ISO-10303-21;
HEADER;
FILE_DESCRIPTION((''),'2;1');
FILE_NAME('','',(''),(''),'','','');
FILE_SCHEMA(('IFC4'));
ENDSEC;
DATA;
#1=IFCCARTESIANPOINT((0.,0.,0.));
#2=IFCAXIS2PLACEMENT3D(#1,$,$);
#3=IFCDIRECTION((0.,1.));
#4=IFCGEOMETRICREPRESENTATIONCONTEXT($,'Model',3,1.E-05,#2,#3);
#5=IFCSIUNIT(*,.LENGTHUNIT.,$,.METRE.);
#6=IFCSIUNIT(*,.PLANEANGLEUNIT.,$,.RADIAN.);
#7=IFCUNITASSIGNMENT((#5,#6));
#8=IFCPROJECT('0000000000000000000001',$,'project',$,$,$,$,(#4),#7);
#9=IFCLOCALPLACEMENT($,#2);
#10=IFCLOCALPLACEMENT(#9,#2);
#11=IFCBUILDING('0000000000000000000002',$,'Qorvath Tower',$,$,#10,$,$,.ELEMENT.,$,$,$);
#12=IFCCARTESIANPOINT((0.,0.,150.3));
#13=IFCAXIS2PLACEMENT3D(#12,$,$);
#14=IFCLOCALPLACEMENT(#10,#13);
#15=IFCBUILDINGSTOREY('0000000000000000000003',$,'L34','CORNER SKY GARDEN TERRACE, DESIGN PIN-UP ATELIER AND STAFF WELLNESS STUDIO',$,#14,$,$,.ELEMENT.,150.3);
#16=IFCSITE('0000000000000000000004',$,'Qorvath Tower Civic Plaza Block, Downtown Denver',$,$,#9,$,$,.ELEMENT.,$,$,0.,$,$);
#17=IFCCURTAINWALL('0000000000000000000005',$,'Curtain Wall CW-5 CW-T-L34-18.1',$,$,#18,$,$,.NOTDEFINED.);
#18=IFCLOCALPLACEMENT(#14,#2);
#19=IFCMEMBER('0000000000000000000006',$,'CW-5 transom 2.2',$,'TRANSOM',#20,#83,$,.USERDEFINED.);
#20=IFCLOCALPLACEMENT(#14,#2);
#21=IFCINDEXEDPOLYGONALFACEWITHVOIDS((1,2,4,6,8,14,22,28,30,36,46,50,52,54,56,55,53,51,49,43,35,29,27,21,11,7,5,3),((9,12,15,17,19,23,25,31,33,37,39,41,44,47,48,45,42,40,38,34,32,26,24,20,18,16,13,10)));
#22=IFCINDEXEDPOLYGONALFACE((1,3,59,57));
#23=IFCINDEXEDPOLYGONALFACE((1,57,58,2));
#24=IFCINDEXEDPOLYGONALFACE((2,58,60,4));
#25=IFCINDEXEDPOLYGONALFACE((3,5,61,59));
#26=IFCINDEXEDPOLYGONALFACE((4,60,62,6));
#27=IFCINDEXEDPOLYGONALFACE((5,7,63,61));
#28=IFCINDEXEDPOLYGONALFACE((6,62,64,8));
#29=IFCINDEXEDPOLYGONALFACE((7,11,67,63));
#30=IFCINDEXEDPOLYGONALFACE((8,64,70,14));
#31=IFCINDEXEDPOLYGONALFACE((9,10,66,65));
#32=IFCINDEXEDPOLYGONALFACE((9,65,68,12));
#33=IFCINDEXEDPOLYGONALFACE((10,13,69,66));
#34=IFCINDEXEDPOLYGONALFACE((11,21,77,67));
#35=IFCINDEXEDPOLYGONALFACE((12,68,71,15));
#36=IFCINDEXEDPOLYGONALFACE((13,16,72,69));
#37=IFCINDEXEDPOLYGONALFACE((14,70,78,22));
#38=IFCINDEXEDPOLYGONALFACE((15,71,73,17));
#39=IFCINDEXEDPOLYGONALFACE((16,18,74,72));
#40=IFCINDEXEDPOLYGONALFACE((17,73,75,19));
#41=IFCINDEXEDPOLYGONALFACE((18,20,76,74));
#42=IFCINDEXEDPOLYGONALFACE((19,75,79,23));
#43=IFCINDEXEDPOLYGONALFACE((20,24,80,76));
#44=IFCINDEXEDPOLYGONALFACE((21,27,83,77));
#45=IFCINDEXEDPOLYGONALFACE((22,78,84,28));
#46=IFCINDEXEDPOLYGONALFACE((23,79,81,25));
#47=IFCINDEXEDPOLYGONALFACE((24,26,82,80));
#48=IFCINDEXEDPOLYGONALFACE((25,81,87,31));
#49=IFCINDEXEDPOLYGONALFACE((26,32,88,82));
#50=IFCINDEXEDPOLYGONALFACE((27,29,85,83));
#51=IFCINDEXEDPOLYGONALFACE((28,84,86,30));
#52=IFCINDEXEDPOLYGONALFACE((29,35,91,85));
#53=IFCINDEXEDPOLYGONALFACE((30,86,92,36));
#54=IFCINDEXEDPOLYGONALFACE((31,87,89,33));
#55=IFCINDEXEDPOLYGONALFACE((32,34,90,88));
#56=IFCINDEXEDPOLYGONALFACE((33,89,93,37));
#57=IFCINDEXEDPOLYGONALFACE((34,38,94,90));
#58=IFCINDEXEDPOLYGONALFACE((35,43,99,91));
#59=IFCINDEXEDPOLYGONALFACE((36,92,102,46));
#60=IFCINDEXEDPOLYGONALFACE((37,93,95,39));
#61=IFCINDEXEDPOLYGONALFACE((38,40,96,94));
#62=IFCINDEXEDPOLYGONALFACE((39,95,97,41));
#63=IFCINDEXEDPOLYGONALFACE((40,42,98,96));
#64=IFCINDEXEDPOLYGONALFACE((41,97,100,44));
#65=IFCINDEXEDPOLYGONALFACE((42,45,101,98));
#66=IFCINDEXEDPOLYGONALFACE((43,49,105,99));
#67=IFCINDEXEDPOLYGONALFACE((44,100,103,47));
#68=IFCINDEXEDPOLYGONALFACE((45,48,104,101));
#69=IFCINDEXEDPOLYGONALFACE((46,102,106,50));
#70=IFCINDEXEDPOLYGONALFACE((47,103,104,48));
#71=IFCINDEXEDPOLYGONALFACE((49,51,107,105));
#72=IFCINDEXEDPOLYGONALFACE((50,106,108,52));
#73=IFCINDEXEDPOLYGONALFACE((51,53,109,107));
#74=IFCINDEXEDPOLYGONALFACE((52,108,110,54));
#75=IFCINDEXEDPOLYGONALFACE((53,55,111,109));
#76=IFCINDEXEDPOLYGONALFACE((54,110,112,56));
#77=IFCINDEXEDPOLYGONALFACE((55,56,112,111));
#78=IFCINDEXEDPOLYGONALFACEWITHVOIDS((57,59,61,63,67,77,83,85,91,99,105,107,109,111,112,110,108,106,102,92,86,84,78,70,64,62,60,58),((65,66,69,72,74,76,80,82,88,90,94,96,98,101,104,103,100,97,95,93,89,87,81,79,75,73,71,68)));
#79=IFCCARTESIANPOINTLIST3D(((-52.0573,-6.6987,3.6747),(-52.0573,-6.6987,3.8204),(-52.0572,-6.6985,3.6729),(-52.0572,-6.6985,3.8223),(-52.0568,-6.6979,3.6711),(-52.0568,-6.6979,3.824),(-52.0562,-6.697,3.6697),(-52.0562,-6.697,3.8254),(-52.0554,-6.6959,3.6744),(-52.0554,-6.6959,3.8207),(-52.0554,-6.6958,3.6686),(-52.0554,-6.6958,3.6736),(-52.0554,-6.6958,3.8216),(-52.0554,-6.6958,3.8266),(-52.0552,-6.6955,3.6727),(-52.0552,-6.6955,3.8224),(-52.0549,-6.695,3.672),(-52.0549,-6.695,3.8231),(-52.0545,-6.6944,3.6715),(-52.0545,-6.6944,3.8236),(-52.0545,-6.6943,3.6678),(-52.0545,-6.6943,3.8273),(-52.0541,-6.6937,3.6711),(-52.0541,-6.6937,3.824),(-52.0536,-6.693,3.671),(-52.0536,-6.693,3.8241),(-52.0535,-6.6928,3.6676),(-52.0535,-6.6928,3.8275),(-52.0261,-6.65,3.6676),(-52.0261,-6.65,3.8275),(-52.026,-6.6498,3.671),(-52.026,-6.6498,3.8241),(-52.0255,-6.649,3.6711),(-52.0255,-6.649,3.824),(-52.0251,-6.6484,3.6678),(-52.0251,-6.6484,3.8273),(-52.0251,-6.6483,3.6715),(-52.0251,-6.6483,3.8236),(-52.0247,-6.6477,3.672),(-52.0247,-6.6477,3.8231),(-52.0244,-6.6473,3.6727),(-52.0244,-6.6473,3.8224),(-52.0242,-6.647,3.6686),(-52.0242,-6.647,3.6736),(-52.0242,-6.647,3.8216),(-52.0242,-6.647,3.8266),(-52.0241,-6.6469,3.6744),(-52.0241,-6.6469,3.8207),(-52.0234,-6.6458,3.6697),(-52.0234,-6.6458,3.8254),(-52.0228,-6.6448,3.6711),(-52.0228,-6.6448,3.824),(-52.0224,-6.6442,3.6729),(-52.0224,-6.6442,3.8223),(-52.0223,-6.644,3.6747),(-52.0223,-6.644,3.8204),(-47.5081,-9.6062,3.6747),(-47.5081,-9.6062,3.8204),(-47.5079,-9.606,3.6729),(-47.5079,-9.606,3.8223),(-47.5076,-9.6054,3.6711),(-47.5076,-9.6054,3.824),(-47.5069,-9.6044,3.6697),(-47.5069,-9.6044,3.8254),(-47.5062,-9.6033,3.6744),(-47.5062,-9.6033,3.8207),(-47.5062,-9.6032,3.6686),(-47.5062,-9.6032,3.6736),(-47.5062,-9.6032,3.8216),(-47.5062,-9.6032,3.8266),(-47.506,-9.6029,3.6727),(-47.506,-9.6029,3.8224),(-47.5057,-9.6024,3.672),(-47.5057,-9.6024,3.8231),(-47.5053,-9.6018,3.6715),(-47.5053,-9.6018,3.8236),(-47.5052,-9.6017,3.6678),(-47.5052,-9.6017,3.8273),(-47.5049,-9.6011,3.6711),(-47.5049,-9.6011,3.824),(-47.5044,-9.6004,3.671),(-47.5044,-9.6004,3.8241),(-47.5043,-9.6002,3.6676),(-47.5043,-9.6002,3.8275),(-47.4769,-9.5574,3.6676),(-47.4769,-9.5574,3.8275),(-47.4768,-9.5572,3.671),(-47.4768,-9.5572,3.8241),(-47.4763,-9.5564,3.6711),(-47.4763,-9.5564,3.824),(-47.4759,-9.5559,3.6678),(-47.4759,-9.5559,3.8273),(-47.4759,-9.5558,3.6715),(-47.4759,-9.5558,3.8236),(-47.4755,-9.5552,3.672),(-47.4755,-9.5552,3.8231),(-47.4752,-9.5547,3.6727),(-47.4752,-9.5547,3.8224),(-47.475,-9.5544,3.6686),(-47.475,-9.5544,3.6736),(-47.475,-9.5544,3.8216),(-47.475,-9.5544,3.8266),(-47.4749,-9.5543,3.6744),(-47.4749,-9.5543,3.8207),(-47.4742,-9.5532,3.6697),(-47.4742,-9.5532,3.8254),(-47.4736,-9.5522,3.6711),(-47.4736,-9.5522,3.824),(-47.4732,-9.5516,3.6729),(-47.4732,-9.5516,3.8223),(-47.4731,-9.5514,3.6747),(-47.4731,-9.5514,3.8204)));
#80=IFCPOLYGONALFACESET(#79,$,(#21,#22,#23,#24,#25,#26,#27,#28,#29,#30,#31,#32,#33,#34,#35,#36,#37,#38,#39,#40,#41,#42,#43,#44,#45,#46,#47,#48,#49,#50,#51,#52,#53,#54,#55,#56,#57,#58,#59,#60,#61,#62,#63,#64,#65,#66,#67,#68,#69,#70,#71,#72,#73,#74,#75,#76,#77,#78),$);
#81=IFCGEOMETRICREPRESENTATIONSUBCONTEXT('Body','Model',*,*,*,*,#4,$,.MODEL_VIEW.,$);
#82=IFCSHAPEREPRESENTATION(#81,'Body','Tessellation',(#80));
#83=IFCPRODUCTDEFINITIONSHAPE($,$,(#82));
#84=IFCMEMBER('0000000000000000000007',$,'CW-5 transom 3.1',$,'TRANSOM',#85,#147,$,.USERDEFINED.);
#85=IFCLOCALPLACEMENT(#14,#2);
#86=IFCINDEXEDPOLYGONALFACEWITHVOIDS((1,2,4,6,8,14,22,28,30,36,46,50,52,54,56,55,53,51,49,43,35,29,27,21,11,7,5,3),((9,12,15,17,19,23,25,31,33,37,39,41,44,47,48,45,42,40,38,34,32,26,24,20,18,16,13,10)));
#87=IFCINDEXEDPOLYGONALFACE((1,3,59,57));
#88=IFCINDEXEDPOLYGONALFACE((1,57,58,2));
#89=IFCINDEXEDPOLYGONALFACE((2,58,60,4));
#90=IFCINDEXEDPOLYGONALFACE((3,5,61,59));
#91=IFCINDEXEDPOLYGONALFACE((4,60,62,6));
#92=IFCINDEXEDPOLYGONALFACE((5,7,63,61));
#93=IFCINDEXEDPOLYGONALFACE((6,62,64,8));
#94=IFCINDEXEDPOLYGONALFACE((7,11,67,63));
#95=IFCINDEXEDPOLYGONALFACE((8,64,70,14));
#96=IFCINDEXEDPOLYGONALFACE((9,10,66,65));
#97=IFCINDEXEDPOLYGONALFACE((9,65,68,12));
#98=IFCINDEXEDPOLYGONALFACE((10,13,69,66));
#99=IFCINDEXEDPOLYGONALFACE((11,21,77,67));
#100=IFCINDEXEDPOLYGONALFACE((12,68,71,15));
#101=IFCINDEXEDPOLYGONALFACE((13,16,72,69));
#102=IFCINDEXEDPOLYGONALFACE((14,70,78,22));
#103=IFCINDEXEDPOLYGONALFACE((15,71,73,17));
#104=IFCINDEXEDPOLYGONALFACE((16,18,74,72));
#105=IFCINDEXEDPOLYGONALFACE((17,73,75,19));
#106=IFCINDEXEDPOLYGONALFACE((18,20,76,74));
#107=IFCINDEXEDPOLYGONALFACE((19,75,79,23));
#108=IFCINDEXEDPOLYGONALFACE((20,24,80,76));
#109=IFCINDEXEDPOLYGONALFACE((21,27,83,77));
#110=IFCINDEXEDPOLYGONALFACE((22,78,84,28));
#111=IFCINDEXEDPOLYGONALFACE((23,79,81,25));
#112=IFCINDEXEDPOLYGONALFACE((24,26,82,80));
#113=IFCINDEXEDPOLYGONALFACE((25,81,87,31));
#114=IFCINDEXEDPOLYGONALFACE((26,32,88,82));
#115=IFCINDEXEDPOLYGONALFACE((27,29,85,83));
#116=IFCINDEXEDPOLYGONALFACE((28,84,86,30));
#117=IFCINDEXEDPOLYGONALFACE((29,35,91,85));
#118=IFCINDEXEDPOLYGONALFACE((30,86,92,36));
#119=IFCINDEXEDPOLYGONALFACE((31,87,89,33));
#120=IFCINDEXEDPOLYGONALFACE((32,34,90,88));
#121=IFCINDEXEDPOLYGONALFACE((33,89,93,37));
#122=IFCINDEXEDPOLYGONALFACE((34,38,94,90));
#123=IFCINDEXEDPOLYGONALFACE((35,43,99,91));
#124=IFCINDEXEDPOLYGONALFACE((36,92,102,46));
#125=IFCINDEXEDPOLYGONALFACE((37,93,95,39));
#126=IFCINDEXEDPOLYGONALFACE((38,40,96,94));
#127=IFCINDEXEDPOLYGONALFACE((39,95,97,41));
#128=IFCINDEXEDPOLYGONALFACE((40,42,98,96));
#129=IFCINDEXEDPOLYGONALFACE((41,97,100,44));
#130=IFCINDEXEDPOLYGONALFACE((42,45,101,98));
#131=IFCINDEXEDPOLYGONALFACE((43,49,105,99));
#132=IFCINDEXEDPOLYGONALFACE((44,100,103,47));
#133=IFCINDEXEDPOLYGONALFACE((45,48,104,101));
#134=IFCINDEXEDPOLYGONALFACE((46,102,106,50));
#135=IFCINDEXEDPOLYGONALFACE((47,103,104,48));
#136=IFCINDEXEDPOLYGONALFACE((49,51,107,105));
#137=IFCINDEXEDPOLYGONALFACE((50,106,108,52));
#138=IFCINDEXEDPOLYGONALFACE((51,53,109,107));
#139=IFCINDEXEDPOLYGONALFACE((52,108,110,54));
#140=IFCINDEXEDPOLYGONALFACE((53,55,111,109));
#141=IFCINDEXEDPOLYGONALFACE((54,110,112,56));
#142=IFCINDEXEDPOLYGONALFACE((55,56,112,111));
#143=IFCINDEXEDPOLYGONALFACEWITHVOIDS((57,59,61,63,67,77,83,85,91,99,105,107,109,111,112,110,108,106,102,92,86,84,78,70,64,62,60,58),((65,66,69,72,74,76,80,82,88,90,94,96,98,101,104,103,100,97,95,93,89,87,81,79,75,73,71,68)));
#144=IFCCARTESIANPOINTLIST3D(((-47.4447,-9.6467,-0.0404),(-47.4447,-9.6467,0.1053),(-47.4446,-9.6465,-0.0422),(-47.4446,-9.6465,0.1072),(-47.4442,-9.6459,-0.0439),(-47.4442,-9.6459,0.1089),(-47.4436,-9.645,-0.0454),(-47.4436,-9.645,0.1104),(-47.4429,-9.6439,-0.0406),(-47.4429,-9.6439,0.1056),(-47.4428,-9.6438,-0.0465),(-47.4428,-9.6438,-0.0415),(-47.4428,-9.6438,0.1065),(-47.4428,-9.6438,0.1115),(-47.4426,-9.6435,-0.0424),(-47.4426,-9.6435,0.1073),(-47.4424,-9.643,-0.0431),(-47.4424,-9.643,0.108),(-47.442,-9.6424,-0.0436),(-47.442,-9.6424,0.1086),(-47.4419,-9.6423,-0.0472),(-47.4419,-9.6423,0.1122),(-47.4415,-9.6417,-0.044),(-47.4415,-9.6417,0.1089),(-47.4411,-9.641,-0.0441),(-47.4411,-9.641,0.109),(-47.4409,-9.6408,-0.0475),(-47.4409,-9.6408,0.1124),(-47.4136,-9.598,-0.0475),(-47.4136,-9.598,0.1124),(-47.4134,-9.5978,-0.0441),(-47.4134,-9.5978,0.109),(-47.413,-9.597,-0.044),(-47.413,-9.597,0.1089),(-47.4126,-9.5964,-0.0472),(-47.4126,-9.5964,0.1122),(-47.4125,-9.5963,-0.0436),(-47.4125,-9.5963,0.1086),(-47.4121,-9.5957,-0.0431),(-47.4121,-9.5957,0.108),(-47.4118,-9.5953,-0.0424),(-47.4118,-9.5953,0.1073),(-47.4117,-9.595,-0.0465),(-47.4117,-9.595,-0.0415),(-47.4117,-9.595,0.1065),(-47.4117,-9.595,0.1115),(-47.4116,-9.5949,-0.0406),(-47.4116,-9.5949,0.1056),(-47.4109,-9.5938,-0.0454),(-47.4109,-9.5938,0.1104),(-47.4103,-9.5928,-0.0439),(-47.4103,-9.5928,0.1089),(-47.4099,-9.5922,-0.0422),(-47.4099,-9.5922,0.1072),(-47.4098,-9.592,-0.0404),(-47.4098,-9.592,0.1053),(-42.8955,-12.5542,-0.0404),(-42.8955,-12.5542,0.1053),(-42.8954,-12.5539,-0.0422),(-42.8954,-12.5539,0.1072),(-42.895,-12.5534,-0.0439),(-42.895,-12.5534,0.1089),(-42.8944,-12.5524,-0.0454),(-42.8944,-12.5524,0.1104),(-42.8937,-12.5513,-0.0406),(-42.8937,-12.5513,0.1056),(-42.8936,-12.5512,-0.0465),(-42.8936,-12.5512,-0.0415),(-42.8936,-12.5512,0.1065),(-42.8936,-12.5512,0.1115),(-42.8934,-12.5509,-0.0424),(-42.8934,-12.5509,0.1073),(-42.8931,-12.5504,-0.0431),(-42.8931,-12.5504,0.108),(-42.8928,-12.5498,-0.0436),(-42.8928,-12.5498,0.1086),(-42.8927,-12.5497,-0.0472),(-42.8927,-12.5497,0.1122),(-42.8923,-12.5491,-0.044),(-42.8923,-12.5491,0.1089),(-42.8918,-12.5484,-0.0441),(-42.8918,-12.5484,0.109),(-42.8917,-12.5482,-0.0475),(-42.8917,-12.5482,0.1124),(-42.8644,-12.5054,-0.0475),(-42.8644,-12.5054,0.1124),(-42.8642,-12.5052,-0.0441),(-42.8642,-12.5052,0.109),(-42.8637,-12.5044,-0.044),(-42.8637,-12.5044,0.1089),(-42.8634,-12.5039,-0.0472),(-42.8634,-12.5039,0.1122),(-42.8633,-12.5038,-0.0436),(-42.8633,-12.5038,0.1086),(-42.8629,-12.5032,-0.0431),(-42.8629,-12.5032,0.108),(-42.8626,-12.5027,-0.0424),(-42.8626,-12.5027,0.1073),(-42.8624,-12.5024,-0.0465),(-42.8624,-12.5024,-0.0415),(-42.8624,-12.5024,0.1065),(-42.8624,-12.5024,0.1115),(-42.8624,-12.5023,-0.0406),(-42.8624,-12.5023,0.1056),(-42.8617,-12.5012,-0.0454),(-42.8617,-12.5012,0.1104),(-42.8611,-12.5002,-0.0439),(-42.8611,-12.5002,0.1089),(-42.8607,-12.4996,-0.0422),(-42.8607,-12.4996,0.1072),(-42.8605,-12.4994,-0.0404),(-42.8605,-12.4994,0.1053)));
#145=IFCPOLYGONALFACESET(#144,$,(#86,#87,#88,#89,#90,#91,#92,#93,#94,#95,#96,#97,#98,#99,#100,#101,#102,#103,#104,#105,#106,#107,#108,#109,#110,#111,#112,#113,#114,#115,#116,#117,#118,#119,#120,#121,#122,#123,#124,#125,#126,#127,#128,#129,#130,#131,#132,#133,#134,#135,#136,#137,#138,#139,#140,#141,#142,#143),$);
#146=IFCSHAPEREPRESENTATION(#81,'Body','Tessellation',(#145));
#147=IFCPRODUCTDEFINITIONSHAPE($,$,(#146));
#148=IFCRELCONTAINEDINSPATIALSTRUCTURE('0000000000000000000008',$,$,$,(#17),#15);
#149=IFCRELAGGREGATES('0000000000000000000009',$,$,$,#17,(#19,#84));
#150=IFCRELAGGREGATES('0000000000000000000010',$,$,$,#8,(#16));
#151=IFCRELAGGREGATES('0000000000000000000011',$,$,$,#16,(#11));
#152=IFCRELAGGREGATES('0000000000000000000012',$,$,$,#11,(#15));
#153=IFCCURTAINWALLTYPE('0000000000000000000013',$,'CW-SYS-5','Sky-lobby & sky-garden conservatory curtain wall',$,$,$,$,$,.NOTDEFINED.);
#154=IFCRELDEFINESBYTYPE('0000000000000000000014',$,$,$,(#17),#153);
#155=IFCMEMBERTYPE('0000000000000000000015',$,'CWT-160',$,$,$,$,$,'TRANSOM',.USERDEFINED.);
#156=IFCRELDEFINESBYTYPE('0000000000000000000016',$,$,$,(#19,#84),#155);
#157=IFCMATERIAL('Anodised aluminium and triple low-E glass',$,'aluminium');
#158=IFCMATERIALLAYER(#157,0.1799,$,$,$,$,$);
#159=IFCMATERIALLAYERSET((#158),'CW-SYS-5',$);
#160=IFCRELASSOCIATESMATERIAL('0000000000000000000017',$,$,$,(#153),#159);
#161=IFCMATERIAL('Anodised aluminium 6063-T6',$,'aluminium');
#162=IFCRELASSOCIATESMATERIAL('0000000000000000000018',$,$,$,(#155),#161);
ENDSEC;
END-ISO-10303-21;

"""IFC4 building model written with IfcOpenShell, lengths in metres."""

from ifc_helpers import new_model, si_unit, direction, frame, origin, origin_2d, place, context, subcontext, project, spatial, hollow_rectangle, extrude, material, layer, layer_set, material_profile, profile_set, type_object, element, aggregate, save


model = new_model("IFC4")

# Units and contexts
model_context = context("Model", 3, precision=1e-05, world=origin(), true_north=direction((0.0, 1.0)))
body_context = subcontext(model_context, "Body", "Model", "MODEL_VIEW")
ifc_project = project(units=[si_unit("LENGTHUNIT", "METRE"), si_unit("PLANEANGLEUNIT", "RADIAN")], contexts=[model_context])

# Site, building, storey
site_placement = place(None, origin())
site = spatial("IfcSite", under=ifc_project, at=site_placement, Name="Qorvath Tower Civic Plaza Block, Downtown Denver", CompositionType="ELEMENT", RefElevation=0.0)
building_placement = place(site_placement, origin())
building = spatial("IfcBuilding", under=site, at=building_placement, Name="Qorvath Tower", CompositionType="ELEMENT")
storey_placement = place(building_placement, frame((0.0, 0.0, 150.3)))
storey = spatial("IfcBuildingStorey", under=building, at=storey_placement, Name="L34", Description="CORNER SKY GARDEN TERRACE, DESIGN PIN-UP ATELIER AND STAFF WELLNESS STUDIO", CompositionType="ELEMENT", Elevation=150.3)

# Shared definitions
ifc_material_1 = material(Name="Anodised aluminium and triple low-E glass", Category="aluminium")
ifc_layer_1 = layer(ifc_material_1, 0.1799)
ifc_layer_set_1 = layer_set([ifc_layer_1], Name="CW-SYS-5")
curtain_wall_type = type_object("IfcCurtainWallType", Name="CW-SYS-5", Description="Sky-lobby & sky-garden conservatory curtain wall", PredefinedType="NOTDEFINED", material=ifc_layer_set_1)

# Curtain wall, members
curtain_wall_1_placement = place(storey_placement, origin())
curtain_wall_1 = element("IfcCurtainWall", 1, at=curtain_wall_1_placement, inside=storey, type_object=curtain_wall_type, Name="Curtain Wall CW-5 CW-T-L34-18.1", PredefinedType="NOTDEFINED")
ifc_material_2 = material(Name="Anodised aluminium 6063-T6", Category="aluminium")
ifc_material_profile_1 = material_profile(ifc_material_2, hollow_rectangle(XDim=0.0649, YDim=0.1599, WallThickness=0.0034, InnerFilletRadius=0.0034, OuterFilletRadius=0.0071, at=origin_2d()), Name="CWT 160x65")
ifc_profile_set_1 = profile_set([ifc_material_profile_1], Name="Anodised aluminium 6063-T6")
member_type_1 = type_object("IfcMemberType", Name="CWT-160", ElementType="TRANSOM", PredefinedType="USERDEFINED", material=ifc_profile_set_1)
member_1_placement = place(storey_placement, frame((-52.0398, -6.6714, 3.7476), z_axis=(0.842615, -0.538516, 0.0), x_axis=(0.538516, 0.842615, 0.0)))
member_1 = element("IfcMember", 2, at=member_1_placement, type_object=member_type_1, Name="CW-5 transom 2.2", ObjectType="TRANSOM", PredefinedType="USERDEFINED", context=body_context, shape_type="SweptSolid", body=[
    extrude(hollow_rectangle(XDim=0.0649, YDim=0.1599, WallThickness=0.0034, InnerFilletRadius=0.0034, OuterFilletRadius=0.0071, at=origin_2d()), origin(), (0.0, 0.0, 1.0), 5.3989),
])
member_2_placement = place(storey_placement, frame((-47.4272, -9.6194, 0.0325), z_axis=(0.842615, -0.538516, 0.0), x_axis=(0.538516, 0.842615, 0.0)))
member_2 = element("IfcMember", 3, at=member_2_placement, type_object=member_type_1, Name="CW-5 transom 3.1", ObjectType="TRANSOM", PredefinedType="USERDEFINED", context=body_context, shape_type="SweptSolid", body=[
    extrude(hollow_rectangle(XDim=0.0649, YDim=0.1599, WallThickness=0.0034, InnerFilletRadius=0.0034, OuterFilletRadius=0.0071, at=origin_2d()), origin(), (0.0, 0.0, 1.0), 5.3989),
])

aggregate(curtain_wall_1, [member_1, member_2])

save(model, "model.ifc")
